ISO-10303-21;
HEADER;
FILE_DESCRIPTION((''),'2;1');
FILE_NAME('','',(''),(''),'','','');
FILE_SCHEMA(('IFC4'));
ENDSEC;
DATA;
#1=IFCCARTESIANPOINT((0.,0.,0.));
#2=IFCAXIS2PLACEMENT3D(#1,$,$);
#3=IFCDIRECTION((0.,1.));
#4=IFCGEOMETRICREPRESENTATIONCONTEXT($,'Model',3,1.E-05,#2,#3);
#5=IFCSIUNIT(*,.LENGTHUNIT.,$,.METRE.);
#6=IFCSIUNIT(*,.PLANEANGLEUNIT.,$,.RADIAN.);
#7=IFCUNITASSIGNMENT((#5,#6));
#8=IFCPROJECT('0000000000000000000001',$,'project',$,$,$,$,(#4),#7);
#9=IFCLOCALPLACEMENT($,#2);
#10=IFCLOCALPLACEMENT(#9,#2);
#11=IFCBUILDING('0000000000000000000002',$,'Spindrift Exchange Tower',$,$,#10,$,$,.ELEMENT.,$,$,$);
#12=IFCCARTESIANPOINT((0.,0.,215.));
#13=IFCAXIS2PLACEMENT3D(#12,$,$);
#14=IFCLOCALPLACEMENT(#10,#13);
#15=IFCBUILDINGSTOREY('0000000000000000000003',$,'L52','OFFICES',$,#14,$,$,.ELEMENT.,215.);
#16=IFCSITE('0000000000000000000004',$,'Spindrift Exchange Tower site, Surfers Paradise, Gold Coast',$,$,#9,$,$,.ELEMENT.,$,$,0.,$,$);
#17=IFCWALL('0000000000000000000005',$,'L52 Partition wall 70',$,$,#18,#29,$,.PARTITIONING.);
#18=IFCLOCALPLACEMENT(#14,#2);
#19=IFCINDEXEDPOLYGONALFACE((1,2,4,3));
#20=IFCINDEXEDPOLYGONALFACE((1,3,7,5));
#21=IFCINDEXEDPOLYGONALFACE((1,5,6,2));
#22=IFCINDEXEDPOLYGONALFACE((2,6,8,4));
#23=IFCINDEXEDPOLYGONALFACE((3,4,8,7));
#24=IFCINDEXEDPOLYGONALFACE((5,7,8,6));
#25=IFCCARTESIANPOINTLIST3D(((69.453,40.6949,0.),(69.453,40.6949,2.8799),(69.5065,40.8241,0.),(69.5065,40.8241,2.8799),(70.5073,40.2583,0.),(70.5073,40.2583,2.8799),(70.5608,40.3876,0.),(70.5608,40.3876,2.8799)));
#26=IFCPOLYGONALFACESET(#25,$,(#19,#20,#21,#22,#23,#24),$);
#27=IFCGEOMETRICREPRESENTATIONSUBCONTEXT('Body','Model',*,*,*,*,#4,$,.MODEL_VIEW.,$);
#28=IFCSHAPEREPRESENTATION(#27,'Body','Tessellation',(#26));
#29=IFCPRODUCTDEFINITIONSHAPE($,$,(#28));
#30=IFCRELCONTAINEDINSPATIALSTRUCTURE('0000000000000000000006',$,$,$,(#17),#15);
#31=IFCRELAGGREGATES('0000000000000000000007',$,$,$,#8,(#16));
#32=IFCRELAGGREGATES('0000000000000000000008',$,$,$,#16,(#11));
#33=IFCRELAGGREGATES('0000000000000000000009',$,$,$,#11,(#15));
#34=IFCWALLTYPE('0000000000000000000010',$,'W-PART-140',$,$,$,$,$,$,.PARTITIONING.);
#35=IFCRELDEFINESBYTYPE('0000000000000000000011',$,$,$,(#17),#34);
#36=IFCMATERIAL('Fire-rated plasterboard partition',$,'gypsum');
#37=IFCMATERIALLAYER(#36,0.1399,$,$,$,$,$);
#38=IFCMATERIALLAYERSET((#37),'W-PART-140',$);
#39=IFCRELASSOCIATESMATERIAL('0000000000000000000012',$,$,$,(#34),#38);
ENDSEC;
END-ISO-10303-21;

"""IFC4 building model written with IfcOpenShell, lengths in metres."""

from ifc_helpers import new_model, si_unit, direction, frame, frame_2d, origin, place, context, subcontext, project, spatial, rectangle, extrude, material, layer, layer_set, type_object, element, save


model = new_model("IFC4")

# Units and contexts
model_context = context("Model", 3, precision=1e-05, world=origin(), true_north=direction((0.0, 1.0)))
body_context = subcontext(model_context, "Body", "Model", "MODEL_VIEW")
ifc_project = project(units=[si_unit("LENGTHUNIT", "METRE"), si_unit("PLANEANGLEUNIT", "RADIAN")], contexts=[model_context])

# Site, building, storey
site_placement = place(None, origin())
site = spatial("IfcSite", under=ifc_project, at=site_placement, Name="Spindrift Exchange Tower site, Surfers Paradise, Gold Coast", CompositionType="ELEMENT", RefElevation=0.0)
building_placement = place(site_placement, origin())
building = spatial("IfcBuilding", under=site, at=building_placement, Name="Spindrift Exchange Tower", CompositionType="ELEMENT")
storey_placement = place(building_placement, frame((0.0, 0.0, 215.0)))
storey = spatial("IfcBuildingStorey", under=building, at=storey_placement, Name="L52", Description="OFFICES", CompositionType="ELEMENT", Elevation=215.0)

# Shared definitions
ifc_material_1 = material(Name="Fire-rated plasterboard partition", Category="gypsum")
ifc_layer_1 = layer(ifc_material_1, 0.1399)
ifc_layer_set_1 = layer_set([ifc_layer_1], Name="W-PART-140")
wall_type = type_object("IfcWallType", Name="W-PART-140", PredefinedType="PARTITIONING", material=ifc_layer_set_1)

# Wall
wall_1_placement = place(storey_placement, frame((69.4797, 40.7595, 0.0), z_axis=(0.0, 0.0, 1.0), x_axis=(0.923923, -0.382579, 0.0)))
element("IfcWall", 1, at=wall_1_placement, inside=storey, type_object=wall_type, Name="L52 Partition wall 70", PredefinedType="PARTITIONING", context=body_context, shape_type="SweptSolid", body=[
    extrude(rectangle(XDim=1.1411, YDim=0.1399, at=frame_2d((0.5706, 0.0))), origin(), (0.0, 0.0, 1.0), 2.8799),
])

save(model, "model.ifc")
